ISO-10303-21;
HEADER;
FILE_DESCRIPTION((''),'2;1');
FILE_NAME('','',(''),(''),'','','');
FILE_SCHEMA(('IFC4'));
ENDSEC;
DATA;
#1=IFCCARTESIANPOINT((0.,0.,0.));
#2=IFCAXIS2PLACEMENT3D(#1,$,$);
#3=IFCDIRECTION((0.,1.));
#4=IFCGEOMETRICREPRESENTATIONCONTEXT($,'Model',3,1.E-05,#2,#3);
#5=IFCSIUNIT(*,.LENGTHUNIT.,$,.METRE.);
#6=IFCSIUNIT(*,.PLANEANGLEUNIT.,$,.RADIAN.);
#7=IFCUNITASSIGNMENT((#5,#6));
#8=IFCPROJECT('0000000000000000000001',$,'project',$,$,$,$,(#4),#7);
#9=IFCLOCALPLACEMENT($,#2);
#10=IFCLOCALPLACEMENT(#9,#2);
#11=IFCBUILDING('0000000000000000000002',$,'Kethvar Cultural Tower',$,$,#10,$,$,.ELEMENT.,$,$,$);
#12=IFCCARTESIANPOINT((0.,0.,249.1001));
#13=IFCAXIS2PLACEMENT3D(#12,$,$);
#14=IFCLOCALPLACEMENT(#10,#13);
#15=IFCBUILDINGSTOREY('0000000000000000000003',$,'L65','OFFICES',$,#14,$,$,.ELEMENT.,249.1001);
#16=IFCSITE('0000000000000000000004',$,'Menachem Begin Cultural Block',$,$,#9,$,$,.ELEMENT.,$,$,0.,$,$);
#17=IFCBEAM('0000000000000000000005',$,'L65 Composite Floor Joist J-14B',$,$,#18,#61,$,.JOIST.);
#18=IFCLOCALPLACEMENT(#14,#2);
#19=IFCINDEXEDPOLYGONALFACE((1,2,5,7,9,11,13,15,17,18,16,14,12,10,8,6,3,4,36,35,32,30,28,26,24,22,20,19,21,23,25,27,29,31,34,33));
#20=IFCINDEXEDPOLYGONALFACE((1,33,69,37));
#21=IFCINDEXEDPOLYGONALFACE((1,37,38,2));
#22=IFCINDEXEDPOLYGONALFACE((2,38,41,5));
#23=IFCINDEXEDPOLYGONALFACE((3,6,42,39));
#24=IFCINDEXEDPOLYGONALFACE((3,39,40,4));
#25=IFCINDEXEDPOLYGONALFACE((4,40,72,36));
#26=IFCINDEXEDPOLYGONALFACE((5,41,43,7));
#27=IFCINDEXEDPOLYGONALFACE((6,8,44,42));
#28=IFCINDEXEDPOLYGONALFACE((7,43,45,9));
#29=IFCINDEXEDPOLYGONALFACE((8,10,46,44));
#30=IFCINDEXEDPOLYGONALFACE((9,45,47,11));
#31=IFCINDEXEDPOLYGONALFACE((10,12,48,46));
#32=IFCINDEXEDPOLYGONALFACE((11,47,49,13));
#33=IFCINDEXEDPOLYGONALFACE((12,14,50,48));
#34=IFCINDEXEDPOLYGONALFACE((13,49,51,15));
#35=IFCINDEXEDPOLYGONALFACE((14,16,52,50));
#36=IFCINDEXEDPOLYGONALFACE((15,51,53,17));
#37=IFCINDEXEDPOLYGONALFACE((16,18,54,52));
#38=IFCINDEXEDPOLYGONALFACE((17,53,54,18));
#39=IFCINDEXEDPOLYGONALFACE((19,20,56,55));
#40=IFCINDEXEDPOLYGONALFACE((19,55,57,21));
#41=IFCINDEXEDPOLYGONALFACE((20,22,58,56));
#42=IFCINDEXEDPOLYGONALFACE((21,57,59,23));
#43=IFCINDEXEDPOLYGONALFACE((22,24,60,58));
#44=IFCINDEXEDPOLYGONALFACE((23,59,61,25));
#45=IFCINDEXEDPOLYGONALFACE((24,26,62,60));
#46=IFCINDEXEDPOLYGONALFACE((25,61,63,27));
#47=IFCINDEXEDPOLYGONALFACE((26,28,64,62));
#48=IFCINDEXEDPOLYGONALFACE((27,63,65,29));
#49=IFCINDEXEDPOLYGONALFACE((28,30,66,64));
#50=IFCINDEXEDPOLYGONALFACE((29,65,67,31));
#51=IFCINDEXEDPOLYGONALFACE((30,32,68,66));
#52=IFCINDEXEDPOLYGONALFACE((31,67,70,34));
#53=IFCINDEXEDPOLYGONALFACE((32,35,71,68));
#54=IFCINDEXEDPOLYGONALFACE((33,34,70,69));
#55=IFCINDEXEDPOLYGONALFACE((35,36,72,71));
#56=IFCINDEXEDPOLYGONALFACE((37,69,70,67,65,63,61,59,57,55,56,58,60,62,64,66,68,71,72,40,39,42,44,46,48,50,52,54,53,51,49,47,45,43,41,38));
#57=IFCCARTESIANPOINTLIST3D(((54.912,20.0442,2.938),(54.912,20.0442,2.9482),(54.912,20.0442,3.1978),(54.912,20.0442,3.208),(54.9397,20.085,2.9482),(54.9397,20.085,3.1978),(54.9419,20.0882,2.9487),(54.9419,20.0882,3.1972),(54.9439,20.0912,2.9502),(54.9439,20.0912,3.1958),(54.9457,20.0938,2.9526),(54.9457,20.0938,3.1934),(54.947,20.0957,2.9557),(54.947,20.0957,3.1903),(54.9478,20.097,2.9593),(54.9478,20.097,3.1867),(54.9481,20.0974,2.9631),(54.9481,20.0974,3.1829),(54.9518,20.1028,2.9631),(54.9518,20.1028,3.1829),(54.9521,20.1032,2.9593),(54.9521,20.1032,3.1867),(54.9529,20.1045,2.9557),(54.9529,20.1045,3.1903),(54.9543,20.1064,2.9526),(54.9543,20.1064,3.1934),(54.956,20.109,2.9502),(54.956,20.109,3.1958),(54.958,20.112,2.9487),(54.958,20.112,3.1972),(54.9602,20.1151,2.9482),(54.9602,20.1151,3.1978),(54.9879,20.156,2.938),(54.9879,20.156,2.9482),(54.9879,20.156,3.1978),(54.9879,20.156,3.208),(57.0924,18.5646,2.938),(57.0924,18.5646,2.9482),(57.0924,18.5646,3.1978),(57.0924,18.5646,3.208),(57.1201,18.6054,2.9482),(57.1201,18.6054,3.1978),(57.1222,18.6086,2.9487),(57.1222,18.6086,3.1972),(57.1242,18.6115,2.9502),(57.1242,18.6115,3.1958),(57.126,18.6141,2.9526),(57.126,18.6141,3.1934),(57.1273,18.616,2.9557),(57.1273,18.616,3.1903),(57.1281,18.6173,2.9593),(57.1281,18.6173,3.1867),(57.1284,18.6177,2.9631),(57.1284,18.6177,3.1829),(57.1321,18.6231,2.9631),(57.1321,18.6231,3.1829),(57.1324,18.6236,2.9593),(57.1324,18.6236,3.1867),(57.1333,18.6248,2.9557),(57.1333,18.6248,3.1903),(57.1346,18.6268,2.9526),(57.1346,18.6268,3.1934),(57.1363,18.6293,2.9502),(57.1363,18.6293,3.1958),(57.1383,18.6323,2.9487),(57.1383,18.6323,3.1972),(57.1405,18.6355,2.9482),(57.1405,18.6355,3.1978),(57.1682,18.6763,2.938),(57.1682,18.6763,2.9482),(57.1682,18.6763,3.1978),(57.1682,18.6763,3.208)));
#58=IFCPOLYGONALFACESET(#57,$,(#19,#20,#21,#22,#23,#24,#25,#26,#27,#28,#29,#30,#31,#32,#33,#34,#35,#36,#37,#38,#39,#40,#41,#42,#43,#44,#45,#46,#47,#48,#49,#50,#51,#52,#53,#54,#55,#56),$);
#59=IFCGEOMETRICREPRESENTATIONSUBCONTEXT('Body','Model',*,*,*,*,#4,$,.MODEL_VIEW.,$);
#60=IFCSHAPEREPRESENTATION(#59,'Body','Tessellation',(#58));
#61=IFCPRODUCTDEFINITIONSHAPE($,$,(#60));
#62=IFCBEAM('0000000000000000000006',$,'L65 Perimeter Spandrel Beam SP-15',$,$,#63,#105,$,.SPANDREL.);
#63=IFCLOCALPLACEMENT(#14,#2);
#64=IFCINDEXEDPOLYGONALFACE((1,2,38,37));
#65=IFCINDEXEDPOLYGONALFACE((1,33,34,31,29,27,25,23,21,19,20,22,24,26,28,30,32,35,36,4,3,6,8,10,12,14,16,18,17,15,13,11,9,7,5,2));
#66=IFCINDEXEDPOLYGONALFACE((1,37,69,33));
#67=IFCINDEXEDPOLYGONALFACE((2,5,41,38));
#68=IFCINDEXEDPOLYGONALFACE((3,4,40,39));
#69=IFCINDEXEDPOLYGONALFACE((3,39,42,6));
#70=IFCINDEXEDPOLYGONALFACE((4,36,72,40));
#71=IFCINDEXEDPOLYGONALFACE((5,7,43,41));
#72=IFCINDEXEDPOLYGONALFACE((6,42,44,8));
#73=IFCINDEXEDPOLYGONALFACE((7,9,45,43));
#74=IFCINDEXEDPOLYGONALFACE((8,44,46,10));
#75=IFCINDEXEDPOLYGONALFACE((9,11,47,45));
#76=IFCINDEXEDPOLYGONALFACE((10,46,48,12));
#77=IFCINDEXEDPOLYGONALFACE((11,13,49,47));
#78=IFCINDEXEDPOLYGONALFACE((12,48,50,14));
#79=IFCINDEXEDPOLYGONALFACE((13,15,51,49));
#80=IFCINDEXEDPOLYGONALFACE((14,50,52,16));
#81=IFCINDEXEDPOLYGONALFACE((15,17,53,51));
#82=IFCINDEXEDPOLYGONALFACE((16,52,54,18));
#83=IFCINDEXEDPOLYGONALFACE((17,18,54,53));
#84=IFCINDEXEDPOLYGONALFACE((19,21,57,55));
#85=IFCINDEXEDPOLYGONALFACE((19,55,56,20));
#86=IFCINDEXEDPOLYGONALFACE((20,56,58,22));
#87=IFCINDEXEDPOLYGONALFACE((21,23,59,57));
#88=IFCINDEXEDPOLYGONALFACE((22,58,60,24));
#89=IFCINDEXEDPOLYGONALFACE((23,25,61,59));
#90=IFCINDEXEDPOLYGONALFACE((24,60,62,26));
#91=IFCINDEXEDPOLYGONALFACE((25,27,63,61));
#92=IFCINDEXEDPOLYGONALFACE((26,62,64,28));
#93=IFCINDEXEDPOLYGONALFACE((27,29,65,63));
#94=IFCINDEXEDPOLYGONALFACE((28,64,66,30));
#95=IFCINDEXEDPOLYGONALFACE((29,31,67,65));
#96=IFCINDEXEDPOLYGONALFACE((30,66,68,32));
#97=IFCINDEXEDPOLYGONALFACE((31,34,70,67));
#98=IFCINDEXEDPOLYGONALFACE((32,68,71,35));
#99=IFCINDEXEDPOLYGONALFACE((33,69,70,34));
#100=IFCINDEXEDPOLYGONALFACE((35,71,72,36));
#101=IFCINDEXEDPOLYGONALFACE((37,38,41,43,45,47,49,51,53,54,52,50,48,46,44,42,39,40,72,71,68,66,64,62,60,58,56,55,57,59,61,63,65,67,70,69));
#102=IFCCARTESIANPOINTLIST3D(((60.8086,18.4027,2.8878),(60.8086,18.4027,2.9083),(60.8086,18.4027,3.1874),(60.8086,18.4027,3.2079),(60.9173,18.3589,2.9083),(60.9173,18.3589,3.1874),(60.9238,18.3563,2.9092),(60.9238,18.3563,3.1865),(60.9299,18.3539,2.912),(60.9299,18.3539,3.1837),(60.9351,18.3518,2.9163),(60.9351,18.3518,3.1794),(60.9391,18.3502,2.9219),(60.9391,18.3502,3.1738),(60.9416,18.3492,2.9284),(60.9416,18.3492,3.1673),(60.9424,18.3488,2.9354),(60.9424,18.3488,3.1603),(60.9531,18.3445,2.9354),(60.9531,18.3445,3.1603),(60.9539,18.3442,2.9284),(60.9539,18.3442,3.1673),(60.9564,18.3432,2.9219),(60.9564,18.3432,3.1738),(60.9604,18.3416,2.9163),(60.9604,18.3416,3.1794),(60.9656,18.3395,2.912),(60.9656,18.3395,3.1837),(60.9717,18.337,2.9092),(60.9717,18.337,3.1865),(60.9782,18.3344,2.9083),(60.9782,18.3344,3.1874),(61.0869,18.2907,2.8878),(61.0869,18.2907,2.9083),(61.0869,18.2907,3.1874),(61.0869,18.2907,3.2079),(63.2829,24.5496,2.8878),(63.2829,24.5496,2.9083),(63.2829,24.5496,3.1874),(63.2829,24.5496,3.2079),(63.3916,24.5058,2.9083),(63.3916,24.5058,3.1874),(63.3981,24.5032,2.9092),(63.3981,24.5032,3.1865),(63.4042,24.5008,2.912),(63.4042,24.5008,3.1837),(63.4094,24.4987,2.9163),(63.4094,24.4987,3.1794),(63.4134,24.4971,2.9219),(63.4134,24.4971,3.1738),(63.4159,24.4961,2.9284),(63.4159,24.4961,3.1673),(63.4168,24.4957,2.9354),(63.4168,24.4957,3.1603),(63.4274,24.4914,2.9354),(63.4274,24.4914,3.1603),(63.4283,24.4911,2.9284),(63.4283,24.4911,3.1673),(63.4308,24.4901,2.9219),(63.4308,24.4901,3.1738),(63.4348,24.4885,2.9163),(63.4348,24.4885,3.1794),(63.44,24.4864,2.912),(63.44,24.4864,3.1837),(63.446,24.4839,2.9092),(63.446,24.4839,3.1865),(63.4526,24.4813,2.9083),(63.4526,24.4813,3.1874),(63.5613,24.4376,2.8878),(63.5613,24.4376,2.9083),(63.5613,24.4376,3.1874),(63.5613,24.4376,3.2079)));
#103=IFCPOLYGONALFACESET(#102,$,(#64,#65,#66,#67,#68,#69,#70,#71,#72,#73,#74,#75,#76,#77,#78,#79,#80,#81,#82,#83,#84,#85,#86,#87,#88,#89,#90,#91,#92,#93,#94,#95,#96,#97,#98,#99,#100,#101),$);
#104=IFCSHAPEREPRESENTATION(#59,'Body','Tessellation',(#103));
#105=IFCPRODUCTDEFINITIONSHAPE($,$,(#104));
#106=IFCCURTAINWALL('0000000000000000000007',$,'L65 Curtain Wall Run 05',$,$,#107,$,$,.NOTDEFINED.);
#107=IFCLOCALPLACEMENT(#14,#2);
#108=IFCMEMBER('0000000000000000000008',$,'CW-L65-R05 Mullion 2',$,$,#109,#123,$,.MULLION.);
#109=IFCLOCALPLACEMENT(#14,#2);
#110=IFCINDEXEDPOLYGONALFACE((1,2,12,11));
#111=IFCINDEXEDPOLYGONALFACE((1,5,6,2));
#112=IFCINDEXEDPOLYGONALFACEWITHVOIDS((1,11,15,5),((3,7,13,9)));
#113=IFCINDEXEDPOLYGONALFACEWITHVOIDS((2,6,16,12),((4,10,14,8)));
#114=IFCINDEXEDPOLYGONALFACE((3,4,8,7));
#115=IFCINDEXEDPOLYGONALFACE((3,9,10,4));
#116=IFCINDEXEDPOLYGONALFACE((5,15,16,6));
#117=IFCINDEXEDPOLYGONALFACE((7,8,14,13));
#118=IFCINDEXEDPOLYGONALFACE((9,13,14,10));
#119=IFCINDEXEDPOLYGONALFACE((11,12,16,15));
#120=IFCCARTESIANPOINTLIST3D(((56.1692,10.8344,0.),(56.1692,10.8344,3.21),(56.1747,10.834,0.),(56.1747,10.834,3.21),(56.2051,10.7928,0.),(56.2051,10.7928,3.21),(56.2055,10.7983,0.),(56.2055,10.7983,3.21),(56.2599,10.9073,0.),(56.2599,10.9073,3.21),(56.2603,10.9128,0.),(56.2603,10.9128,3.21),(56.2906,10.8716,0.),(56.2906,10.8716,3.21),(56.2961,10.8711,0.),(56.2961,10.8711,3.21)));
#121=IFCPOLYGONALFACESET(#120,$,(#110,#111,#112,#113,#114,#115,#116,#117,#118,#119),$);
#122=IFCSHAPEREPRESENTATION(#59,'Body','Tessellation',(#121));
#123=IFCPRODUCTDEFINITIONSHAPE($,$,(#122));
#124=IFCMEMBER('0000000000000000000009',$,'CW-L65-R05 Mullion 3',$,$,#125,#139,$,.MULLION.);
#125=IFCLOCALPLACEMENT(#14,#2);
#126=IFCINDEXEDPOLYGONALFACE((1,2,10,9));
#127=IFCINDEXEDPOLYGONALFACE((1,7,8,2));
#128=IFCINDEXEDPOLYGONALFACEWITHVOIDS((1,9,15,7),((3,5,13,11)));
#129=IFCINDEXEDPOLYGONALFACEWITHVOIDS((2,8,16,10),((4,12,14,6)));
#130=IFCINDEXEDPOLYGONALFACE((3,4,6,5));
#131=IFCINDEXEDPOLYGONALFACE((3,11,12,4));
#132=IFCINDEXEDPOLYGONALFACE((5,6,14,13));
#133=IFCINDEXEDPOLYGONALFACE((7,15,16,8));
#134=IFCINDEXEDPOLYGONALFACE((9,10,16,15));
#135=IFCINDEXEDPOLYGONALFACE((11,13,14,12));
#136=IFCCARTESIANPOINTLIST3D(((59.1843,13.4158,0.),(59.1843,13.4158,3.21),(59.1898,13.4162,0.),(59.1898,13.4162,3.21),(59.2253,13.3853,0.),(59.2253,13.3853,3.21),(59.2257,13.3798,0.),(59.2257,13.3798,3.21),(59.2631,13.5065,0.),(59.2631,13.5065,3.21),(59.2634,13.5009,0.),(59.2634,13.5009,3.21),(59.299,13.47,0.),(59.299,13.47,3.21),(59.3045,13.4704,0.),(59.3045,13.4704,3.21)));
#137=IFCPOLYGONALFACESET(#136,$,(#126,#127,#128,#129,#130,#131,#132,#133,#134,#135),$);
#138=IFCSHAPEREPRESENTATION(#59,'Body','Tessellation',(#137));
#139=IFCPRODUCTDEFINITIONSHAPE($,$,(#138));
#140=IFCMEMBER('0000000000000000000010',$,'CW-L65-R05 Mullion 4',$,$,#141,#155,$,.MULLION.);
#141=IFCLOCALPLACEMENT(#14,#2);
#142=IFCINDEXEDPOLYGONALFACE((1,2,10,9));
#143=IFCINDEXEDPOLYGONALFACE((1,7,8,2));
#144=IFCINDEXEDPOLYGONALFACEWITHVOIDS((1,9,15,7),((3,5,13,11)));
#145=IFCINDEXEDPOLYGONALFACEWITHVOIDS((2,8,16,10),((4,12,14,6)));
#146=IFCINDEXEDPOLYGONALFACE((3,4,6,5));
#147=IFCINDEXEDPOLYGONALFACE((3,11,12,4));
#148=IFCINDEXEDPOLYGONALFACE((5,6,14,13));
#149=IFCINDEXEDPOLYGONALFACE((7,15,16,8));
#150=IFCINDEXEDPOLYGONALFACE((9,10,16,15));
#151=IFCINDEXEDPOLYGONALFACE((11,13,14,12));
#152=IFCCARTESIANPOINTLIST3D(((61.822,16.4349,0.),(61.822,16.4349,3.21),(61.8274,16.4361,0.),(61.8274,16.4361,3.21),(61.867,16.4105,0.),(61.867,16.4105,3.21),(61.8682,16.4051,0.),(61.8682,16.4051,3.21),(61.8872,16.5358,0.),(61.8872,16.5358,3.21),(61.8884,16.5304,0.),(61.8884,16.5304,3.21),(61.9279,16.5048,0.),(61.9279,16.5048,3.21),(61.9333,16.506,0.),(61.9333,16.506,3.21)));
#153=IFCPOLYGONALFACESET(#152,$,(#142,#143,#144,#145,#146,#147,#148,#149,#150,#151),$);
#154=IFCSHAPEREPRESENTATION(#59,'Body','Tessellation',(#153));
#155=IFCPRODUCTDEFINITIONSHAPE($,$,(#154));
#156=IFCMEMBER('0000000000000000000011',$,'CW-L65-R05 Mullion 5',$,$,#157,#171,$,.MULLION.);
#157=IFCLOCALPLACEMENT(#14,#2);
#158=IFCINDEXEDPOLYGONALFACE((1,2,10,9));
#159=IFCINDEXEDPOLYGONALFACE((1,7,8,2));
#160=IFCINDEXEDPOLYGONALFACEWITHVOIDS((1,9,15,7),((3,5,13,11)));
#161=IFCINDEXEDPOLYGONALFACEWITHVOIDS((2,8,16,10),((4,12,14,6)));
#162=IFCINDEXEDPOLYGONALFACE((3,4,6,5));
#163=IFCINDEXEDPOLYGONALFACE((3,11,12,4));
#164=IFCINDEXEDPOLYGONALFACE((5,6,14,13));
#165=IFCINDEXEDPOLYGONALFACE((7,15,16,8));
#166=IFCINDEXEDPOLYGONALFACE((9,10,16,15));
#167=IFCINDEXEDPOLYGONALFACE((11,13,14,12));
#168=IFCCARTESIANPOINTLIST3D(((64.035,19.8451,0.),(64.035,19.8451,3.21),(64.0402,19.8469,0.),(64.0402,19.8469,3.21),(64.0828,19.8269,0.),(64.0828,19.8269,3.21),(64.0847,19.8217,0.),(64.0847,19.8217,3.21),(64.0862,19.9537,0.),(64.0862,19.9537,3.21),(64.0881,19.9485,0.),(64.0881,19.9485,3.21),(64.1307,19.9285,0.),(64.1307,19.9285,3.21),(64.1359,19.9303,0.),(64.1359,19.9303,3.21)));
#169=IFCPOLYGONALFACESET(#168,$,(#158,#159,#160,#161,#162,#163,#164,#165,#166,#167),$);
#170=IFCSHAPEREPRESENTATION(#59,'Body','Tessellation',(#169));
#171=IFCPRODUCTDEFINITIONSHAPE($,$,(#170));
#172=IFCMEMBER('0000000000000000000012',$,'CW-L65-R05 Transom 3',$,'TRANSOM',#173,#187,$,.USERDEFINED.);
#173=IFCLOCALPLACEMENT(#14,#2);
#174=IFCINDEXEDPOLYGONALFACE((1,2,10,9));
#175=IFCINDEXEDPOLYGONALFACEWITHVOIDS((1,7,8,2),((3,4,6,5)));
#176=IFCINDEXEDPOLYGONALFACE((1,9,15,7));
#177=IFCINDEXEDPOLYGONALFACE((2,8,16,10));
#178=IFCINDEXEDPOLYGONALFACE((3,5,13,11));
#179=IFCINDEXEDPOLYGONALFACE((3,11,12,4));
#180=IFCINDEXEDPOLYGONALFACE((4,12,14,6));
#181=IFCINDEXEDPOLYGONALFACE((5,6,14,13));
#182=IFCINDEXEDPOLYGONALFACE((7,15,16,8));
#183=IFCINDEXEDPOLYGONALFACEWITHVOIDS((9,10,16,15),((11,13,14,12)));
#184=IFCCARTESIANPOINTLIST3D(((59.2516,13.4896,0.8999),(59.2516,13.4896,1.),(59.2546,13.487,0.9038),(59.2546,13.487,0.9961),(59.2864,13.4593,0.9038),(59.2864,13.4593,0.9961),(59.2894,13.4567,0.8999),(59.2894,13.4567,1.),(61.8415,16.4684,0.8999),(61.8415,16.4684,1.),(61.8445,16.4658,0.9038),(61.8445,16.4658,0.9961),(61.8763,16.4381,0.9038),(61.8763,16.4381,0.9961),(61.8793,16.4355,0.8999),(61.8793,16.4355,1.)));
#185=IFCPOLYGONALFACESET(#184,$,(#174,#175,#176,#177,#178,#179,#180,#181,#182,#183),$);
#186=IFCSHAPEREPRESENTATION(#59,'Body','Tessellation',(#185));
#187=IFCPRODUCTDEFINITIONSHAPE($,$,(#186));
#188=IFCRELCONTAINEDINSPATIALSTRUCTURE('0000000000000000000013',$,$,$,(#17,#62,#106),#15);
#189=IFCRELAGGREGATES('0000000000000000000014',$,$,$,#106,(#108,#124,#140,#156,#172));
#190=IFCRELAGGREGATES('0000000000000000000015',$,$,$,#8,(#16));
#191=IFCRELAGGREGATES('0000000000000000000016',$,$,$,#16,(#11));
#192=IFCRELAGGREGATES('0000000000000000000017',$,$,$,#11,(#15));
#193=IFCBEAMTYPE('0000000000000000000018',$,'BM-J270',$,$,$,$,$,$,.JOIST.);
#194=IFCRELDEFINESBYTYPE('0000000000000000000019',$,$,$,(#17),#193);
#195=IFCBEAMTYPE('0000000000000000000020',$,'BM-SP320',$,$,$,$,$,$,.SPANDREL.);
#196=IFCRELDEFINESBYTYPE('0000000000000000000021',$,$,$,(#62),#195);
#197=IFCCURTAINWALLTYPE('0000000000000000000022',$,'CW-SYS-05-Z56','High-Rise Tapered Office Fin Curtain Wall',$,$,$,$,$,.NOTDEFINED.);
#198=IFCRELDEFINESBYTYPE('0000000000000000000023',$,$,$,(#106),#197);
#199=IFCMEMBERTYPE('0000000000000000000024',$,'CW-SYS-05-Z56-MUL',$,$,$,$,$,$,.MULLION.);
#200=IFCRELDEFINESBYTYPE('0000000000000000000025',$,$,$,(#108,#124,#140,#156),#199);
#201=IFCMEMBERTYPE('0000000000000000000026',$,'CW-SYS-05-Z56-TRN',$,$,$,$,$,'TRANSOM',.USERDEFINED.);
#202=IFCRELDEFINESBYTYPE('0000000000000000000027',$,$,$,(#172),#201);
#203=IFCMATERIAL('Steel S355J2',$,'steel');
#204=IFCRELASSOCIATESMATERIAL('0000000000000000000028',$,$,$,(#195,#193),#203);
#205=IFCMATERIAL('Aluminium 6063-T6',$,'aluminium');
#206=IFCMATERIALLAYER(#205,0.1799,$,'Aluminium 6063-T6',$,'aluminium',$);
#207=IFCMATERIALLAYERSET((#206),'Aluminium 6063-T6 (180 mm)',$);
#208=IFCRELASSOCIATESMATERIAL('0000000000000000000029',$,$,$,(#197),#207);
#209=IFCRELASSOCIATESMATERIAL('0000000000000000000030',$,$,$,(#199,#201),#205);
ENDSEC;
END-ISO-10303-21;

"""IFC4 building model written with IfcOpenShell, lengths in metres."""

from ifc_helpers import new_model, si_unit, direction, frame, origin, origin_2d, place, context, subcontext, project, spatial, hollow_rectangle, i_section, extrude, source, transform, mapped, material, layer, layer_set, material_profile, profile_set, type_object, element, aggregate, save


model = new_model("IFC4")

# Units and contexts
model_context = context("Model", 3, precision=1e-05, world=origin(), true_north=direction((0.0, 1.0)))
body_context = subcontext(model_context, "Body", "Model", "MODEL_VIEW")
ifc_project = project(units=[si_unit("LENGTHUNIT", "METRE"), si_unit("PLANEANGLEUNIT", "RADIAN")], contexts=[model_context])

# Site, building, storey
site_placement = place(None, origin())
site = spatial("IfcSite", under=ifc_project, at=site_placement, Name="Menachem Begin Cultural Block", CompositionType="ELEMENT", RefElevation=0.0)
building_placement = place(site_placement, origin())
building = spatial("IfcBuilding", under=site, at=building_placement, Name="Kethvar Cultural Tower", CompositionType="ELEMENT")
storey_placement = place(building_placement, frame((0.0, 0.0, 249.1001)))
storey = spatial("IfcBuildingStorey", under=building, at=storey_placement, Name="L65", Description="OFFICES", CompositionType="ELEMENT", Elevation=249.1001)

# Beams
ifc_material_1 = material(Name="Steel S355J2", Category="steel")
ifc_material_profile_1 = material_profile(ifc_material_1, i_section(OverallWidth=0.3, OverallDepth=0.3201, WebThickness=0.0115, FlangeThickness=0.0205, FilletRadius=0.0271, at=origin_2d()), Name="Steel S355J2 — HEB320")
ifc_profile_set_1 = profile_set([ifc_material_profile_1], Name="Steel S355J2 — HEB320")
beam_type_1 = type_object("IfcBeamType", Name="BM-SP320", PredefinedType="SPANDREL", material=ifc_profile_set_1)
ifc_material_profile_2 = material_profile(ifc_material_1, i_section(OverallWidth=0.135, OverallDepth=0.27, WebThickness=0.0066, FlangeThickness=0.0103, FilletRadius=0.0149, at=origin_2d()), Name="Steel S355J2 — IPE270")
ifc_profile_set_2 = profile_set([ifc_material_profile_2], Name="Steel S355J2 — IPE270")
beam_type_2 = type_object("IfcBeamType", Name="BM-J270", PredefinedType="JOIST", material=ifc_profile_set_2)
shared_shape_1 = source(origin(), body_context, "Body", "SweptSolid", [
    extrude(i_section(OverallWidth=0.135, OverallDepth=0.27, WebThickness=0.0066, FlangeThickness=0.0103, FilletRadius=0.0149, at=origin_2d()), origin(), (0.0, 0.0, 1.0), 2.635),
])
beam_1_placement = place(storey_placement, frame((54.95, 20.1001, 3.073), z_axis=(0.827447, -0.561544, 0.0), x_axis=(0.561544, 0.827447, 0.0)))
element("IfcBeam", 1, at=beam_1_placement, inside=storey, type_object=beam_type_2, Name="L65 Composite Floor Joist J-14B", PredefinedType="JOIST", context=body_context, shape_type="MappedRepresentation", body=[
    mapped(shared_shape_1, transform((0.0, 0.0, 0.0), scale=1.0)),
])
shared_shape_2 = source(origin(), body_context, "Body", "SweptSolid", [
    extrude(i_section(OverallWidth=0.3, OverallDepth=0.3201, WebThickness=0.0115, FlangeThickness=0.0205, FilletRadius=0.0271, at=origin_2d()), origin(), (0.0, 0.0, 1.0), 6.6262),
])
beam_2_placement = place(storey_placement, frame((60.9478, 18.3467, 3.0479), z_axis=(0.373416, 0.927664, 0.0), x_axis=(-0.927664, 0.373416, 0.0)))
element("IfcBeam", 2, at=beam_2_placement, inside=storey, type_object=beam_type_1, Name="L65 Perimeter Spandrel Beam SP-15", PredefinedType="SPANDREL", context=body_context, shape_type="MappedRepresentation", body=[
    mapped(shared_shape_2, transform((0.0, 0.0, 0.0), scale=1.0)),
])

# Curtain wall, members
ifc_material_2 = material(Name="Aluminium 6063-T6", Category="aluminium")
ifc_layer_1 = layer(ifc_material_2, 0.1799, Name="Aluminium 6063-T6", Category="aluminium")
ifc_layer_set_1 = layer_set([ifc_layer_1], Name="Aluminium 6063-T6 (180 mm)")
curtain_wall_type = type_object("IfcCurtainWallType", Name="CW-SYS-05-Z56", Description="High-Rise Tapered Office Fin Curtain Wall", PredefinedType="NOTDEFINED", material=ifc_layer_set_1)
curtain_wall_placement = place(storey_placement, origin())
curtain_wall = element("IfcCurtainWall", 3, at=curtain_wall_placement, inside=storey, type_object=curtain_wall_type, Name="L65 Curtain Wall Run 05", PredefinedType="NOTDEFINED")
ifc_material_profile_3 = material_profile(ifc_material_2, hollow_rectangle(XDim=0.0549, YDim=0.1201, WallThickness=0.0039, at=origin_2d()), Name="Aluminium 6063-T6 — RHS120x55x4")
ifc_profile_set_3 = profile_set([ifc_material_profile_3], Name="Aluminium 6063-T6 — RHS120x55x4")
member_type_1 = type_object("IfcMemberType", Name="CW-SYS-05-Z56-MUL", PredefinedType="MULLION", material=ifc_profile_set_3)
shared_shape_3 = source(origin(), body_context, "Body", "SweptSolid", [
    extrude(hollow_rectangle(XDim=0.0549, YDim=0.1201, WallThickness=0.0039, at=origin_2d()), origin(), (0.0, 0.0, 1.0), 3.21),
])
member_1_placement = place(storey_placement, frame((56.2327, 10.8528, 0.0), z_axis=(0.0, 0.0, 1.0), x_axis=(-0.652257, 0.757998, 0.0)))
member_1 = element("IfcMember", 4, at=member_1_placement, type_object=member_type_1, Name="CW-L65-R05 Mullion 2", PredefinedType="MULLION", context=body_context, shape_type="MappedRepresentation", body=[
    mapped(shared_shape_3, transform((0.0, 0.0, 0.0), scale=1.0)),
])
member_2_placement = place(storey_placement, frame((59.2444, 13.4431, 0.0), z_axis=(0.0, 0.0, 1.0), x_axis=(-0.754687, 0.656085, 0.0)))
member_2 = element("IfcMember", 5, at=member_2_placement, type_object=member_type_1, Name="CW-L65-R05 Mullion 3", PredefinedType="MULLION", context=body_context, shape_type="MappedRepresentation", body=[
    mapped(shared_shape_3, transform((0.0, 0.0, 0.0), scale=1.0)),
])
member_3_placement = place(storey_placement, frame((61.8777, 16.4705, 0.0), z_axis=(0.0, 0.0, 1.0), x_axis=(-0.840056, 0.5425, 0.0)))
member_3 = element("IfcMember", 6, at=member_3_placement, type_object=member_type_1, Name="CW-L65-R05 Mullion 4", PredefinedType="MULLION", context=body_context, shape_type="MappedRepresentation", body=[
    mapped(shared_shape_3, transform((0.0, 0.0, 0.0), scale=1.0)),
])
member_4_placement = place(storey_placement, frame((64.0854, 19.8877, 0.0), z_axis=(0.0, 0.0, 1.0), x_axis=(-0.904641, 0.426174, 0.0)))
member_4 = element("IfcMember", 7, at=member_4_placement, type_object=member_type_1, Name="CW-L65-R05 Mullion 5", PredefinedType="MULLION", context=body_context, shape_type="MappedRepresentation", body=[
    mapped(shared_shape_3, transform((0.0, 0.0, 0.0), scale=1.0)),
])
ifc_material_profile_4 = material_profile(ifc_material_2, hollow_rectangle(XDim=0.05, YDim=0.1001, WallThickness=0.0039, at=origin_2d()), Name="Aluminium 6063-T6 — RHS100x50x4")
ifc_profile_set_4 = profile_set([ifc_material_profile_4], Name="Aluminium 6063-T6 — RHS100x50x4")
member_type_2 = type_object("IfcMemberType", Name="CW-SYS-05-Z56-TRN", ElementType="TRANSOM", PredefinedType="USERDEFINED", material=ifc_profile_set_4)
shared_shape_4 = source(origin(), body_context, "Body", "SweptSolid", [
    extrude(hollow_rectangle(XDim=0.05, YDim=0.1001, WallThickness=0.0039, at=origin_2d()), origin(), (0.0, 0.0, 1.0), 3.9473),
])
member_5_placement = place(storey_placement, frame((59.2705, 13.4731, 0.95), z_axis=(0.656124, 0.754653, 0.0), x_axis=(-0.754653, 0.656124, 0.0)))
member_5 = element("IfcMember", 8, at=member_5_placement, type_object=member_type_2, Name="CW-L65-R05 Transom 3", ObjectType="TRANSOM", PredefinedType="USERDEFINED", context=body_context, shape_type="MappedRepresentation", body=[
    mapped(shared_shape_4, transform((0.0, 0.0, 0.0), scale=1.0)),
])
aggregate(curtain_wall, [member_1, member_2, member_3, member_4, member_5])

save(model, "model.ifc")
